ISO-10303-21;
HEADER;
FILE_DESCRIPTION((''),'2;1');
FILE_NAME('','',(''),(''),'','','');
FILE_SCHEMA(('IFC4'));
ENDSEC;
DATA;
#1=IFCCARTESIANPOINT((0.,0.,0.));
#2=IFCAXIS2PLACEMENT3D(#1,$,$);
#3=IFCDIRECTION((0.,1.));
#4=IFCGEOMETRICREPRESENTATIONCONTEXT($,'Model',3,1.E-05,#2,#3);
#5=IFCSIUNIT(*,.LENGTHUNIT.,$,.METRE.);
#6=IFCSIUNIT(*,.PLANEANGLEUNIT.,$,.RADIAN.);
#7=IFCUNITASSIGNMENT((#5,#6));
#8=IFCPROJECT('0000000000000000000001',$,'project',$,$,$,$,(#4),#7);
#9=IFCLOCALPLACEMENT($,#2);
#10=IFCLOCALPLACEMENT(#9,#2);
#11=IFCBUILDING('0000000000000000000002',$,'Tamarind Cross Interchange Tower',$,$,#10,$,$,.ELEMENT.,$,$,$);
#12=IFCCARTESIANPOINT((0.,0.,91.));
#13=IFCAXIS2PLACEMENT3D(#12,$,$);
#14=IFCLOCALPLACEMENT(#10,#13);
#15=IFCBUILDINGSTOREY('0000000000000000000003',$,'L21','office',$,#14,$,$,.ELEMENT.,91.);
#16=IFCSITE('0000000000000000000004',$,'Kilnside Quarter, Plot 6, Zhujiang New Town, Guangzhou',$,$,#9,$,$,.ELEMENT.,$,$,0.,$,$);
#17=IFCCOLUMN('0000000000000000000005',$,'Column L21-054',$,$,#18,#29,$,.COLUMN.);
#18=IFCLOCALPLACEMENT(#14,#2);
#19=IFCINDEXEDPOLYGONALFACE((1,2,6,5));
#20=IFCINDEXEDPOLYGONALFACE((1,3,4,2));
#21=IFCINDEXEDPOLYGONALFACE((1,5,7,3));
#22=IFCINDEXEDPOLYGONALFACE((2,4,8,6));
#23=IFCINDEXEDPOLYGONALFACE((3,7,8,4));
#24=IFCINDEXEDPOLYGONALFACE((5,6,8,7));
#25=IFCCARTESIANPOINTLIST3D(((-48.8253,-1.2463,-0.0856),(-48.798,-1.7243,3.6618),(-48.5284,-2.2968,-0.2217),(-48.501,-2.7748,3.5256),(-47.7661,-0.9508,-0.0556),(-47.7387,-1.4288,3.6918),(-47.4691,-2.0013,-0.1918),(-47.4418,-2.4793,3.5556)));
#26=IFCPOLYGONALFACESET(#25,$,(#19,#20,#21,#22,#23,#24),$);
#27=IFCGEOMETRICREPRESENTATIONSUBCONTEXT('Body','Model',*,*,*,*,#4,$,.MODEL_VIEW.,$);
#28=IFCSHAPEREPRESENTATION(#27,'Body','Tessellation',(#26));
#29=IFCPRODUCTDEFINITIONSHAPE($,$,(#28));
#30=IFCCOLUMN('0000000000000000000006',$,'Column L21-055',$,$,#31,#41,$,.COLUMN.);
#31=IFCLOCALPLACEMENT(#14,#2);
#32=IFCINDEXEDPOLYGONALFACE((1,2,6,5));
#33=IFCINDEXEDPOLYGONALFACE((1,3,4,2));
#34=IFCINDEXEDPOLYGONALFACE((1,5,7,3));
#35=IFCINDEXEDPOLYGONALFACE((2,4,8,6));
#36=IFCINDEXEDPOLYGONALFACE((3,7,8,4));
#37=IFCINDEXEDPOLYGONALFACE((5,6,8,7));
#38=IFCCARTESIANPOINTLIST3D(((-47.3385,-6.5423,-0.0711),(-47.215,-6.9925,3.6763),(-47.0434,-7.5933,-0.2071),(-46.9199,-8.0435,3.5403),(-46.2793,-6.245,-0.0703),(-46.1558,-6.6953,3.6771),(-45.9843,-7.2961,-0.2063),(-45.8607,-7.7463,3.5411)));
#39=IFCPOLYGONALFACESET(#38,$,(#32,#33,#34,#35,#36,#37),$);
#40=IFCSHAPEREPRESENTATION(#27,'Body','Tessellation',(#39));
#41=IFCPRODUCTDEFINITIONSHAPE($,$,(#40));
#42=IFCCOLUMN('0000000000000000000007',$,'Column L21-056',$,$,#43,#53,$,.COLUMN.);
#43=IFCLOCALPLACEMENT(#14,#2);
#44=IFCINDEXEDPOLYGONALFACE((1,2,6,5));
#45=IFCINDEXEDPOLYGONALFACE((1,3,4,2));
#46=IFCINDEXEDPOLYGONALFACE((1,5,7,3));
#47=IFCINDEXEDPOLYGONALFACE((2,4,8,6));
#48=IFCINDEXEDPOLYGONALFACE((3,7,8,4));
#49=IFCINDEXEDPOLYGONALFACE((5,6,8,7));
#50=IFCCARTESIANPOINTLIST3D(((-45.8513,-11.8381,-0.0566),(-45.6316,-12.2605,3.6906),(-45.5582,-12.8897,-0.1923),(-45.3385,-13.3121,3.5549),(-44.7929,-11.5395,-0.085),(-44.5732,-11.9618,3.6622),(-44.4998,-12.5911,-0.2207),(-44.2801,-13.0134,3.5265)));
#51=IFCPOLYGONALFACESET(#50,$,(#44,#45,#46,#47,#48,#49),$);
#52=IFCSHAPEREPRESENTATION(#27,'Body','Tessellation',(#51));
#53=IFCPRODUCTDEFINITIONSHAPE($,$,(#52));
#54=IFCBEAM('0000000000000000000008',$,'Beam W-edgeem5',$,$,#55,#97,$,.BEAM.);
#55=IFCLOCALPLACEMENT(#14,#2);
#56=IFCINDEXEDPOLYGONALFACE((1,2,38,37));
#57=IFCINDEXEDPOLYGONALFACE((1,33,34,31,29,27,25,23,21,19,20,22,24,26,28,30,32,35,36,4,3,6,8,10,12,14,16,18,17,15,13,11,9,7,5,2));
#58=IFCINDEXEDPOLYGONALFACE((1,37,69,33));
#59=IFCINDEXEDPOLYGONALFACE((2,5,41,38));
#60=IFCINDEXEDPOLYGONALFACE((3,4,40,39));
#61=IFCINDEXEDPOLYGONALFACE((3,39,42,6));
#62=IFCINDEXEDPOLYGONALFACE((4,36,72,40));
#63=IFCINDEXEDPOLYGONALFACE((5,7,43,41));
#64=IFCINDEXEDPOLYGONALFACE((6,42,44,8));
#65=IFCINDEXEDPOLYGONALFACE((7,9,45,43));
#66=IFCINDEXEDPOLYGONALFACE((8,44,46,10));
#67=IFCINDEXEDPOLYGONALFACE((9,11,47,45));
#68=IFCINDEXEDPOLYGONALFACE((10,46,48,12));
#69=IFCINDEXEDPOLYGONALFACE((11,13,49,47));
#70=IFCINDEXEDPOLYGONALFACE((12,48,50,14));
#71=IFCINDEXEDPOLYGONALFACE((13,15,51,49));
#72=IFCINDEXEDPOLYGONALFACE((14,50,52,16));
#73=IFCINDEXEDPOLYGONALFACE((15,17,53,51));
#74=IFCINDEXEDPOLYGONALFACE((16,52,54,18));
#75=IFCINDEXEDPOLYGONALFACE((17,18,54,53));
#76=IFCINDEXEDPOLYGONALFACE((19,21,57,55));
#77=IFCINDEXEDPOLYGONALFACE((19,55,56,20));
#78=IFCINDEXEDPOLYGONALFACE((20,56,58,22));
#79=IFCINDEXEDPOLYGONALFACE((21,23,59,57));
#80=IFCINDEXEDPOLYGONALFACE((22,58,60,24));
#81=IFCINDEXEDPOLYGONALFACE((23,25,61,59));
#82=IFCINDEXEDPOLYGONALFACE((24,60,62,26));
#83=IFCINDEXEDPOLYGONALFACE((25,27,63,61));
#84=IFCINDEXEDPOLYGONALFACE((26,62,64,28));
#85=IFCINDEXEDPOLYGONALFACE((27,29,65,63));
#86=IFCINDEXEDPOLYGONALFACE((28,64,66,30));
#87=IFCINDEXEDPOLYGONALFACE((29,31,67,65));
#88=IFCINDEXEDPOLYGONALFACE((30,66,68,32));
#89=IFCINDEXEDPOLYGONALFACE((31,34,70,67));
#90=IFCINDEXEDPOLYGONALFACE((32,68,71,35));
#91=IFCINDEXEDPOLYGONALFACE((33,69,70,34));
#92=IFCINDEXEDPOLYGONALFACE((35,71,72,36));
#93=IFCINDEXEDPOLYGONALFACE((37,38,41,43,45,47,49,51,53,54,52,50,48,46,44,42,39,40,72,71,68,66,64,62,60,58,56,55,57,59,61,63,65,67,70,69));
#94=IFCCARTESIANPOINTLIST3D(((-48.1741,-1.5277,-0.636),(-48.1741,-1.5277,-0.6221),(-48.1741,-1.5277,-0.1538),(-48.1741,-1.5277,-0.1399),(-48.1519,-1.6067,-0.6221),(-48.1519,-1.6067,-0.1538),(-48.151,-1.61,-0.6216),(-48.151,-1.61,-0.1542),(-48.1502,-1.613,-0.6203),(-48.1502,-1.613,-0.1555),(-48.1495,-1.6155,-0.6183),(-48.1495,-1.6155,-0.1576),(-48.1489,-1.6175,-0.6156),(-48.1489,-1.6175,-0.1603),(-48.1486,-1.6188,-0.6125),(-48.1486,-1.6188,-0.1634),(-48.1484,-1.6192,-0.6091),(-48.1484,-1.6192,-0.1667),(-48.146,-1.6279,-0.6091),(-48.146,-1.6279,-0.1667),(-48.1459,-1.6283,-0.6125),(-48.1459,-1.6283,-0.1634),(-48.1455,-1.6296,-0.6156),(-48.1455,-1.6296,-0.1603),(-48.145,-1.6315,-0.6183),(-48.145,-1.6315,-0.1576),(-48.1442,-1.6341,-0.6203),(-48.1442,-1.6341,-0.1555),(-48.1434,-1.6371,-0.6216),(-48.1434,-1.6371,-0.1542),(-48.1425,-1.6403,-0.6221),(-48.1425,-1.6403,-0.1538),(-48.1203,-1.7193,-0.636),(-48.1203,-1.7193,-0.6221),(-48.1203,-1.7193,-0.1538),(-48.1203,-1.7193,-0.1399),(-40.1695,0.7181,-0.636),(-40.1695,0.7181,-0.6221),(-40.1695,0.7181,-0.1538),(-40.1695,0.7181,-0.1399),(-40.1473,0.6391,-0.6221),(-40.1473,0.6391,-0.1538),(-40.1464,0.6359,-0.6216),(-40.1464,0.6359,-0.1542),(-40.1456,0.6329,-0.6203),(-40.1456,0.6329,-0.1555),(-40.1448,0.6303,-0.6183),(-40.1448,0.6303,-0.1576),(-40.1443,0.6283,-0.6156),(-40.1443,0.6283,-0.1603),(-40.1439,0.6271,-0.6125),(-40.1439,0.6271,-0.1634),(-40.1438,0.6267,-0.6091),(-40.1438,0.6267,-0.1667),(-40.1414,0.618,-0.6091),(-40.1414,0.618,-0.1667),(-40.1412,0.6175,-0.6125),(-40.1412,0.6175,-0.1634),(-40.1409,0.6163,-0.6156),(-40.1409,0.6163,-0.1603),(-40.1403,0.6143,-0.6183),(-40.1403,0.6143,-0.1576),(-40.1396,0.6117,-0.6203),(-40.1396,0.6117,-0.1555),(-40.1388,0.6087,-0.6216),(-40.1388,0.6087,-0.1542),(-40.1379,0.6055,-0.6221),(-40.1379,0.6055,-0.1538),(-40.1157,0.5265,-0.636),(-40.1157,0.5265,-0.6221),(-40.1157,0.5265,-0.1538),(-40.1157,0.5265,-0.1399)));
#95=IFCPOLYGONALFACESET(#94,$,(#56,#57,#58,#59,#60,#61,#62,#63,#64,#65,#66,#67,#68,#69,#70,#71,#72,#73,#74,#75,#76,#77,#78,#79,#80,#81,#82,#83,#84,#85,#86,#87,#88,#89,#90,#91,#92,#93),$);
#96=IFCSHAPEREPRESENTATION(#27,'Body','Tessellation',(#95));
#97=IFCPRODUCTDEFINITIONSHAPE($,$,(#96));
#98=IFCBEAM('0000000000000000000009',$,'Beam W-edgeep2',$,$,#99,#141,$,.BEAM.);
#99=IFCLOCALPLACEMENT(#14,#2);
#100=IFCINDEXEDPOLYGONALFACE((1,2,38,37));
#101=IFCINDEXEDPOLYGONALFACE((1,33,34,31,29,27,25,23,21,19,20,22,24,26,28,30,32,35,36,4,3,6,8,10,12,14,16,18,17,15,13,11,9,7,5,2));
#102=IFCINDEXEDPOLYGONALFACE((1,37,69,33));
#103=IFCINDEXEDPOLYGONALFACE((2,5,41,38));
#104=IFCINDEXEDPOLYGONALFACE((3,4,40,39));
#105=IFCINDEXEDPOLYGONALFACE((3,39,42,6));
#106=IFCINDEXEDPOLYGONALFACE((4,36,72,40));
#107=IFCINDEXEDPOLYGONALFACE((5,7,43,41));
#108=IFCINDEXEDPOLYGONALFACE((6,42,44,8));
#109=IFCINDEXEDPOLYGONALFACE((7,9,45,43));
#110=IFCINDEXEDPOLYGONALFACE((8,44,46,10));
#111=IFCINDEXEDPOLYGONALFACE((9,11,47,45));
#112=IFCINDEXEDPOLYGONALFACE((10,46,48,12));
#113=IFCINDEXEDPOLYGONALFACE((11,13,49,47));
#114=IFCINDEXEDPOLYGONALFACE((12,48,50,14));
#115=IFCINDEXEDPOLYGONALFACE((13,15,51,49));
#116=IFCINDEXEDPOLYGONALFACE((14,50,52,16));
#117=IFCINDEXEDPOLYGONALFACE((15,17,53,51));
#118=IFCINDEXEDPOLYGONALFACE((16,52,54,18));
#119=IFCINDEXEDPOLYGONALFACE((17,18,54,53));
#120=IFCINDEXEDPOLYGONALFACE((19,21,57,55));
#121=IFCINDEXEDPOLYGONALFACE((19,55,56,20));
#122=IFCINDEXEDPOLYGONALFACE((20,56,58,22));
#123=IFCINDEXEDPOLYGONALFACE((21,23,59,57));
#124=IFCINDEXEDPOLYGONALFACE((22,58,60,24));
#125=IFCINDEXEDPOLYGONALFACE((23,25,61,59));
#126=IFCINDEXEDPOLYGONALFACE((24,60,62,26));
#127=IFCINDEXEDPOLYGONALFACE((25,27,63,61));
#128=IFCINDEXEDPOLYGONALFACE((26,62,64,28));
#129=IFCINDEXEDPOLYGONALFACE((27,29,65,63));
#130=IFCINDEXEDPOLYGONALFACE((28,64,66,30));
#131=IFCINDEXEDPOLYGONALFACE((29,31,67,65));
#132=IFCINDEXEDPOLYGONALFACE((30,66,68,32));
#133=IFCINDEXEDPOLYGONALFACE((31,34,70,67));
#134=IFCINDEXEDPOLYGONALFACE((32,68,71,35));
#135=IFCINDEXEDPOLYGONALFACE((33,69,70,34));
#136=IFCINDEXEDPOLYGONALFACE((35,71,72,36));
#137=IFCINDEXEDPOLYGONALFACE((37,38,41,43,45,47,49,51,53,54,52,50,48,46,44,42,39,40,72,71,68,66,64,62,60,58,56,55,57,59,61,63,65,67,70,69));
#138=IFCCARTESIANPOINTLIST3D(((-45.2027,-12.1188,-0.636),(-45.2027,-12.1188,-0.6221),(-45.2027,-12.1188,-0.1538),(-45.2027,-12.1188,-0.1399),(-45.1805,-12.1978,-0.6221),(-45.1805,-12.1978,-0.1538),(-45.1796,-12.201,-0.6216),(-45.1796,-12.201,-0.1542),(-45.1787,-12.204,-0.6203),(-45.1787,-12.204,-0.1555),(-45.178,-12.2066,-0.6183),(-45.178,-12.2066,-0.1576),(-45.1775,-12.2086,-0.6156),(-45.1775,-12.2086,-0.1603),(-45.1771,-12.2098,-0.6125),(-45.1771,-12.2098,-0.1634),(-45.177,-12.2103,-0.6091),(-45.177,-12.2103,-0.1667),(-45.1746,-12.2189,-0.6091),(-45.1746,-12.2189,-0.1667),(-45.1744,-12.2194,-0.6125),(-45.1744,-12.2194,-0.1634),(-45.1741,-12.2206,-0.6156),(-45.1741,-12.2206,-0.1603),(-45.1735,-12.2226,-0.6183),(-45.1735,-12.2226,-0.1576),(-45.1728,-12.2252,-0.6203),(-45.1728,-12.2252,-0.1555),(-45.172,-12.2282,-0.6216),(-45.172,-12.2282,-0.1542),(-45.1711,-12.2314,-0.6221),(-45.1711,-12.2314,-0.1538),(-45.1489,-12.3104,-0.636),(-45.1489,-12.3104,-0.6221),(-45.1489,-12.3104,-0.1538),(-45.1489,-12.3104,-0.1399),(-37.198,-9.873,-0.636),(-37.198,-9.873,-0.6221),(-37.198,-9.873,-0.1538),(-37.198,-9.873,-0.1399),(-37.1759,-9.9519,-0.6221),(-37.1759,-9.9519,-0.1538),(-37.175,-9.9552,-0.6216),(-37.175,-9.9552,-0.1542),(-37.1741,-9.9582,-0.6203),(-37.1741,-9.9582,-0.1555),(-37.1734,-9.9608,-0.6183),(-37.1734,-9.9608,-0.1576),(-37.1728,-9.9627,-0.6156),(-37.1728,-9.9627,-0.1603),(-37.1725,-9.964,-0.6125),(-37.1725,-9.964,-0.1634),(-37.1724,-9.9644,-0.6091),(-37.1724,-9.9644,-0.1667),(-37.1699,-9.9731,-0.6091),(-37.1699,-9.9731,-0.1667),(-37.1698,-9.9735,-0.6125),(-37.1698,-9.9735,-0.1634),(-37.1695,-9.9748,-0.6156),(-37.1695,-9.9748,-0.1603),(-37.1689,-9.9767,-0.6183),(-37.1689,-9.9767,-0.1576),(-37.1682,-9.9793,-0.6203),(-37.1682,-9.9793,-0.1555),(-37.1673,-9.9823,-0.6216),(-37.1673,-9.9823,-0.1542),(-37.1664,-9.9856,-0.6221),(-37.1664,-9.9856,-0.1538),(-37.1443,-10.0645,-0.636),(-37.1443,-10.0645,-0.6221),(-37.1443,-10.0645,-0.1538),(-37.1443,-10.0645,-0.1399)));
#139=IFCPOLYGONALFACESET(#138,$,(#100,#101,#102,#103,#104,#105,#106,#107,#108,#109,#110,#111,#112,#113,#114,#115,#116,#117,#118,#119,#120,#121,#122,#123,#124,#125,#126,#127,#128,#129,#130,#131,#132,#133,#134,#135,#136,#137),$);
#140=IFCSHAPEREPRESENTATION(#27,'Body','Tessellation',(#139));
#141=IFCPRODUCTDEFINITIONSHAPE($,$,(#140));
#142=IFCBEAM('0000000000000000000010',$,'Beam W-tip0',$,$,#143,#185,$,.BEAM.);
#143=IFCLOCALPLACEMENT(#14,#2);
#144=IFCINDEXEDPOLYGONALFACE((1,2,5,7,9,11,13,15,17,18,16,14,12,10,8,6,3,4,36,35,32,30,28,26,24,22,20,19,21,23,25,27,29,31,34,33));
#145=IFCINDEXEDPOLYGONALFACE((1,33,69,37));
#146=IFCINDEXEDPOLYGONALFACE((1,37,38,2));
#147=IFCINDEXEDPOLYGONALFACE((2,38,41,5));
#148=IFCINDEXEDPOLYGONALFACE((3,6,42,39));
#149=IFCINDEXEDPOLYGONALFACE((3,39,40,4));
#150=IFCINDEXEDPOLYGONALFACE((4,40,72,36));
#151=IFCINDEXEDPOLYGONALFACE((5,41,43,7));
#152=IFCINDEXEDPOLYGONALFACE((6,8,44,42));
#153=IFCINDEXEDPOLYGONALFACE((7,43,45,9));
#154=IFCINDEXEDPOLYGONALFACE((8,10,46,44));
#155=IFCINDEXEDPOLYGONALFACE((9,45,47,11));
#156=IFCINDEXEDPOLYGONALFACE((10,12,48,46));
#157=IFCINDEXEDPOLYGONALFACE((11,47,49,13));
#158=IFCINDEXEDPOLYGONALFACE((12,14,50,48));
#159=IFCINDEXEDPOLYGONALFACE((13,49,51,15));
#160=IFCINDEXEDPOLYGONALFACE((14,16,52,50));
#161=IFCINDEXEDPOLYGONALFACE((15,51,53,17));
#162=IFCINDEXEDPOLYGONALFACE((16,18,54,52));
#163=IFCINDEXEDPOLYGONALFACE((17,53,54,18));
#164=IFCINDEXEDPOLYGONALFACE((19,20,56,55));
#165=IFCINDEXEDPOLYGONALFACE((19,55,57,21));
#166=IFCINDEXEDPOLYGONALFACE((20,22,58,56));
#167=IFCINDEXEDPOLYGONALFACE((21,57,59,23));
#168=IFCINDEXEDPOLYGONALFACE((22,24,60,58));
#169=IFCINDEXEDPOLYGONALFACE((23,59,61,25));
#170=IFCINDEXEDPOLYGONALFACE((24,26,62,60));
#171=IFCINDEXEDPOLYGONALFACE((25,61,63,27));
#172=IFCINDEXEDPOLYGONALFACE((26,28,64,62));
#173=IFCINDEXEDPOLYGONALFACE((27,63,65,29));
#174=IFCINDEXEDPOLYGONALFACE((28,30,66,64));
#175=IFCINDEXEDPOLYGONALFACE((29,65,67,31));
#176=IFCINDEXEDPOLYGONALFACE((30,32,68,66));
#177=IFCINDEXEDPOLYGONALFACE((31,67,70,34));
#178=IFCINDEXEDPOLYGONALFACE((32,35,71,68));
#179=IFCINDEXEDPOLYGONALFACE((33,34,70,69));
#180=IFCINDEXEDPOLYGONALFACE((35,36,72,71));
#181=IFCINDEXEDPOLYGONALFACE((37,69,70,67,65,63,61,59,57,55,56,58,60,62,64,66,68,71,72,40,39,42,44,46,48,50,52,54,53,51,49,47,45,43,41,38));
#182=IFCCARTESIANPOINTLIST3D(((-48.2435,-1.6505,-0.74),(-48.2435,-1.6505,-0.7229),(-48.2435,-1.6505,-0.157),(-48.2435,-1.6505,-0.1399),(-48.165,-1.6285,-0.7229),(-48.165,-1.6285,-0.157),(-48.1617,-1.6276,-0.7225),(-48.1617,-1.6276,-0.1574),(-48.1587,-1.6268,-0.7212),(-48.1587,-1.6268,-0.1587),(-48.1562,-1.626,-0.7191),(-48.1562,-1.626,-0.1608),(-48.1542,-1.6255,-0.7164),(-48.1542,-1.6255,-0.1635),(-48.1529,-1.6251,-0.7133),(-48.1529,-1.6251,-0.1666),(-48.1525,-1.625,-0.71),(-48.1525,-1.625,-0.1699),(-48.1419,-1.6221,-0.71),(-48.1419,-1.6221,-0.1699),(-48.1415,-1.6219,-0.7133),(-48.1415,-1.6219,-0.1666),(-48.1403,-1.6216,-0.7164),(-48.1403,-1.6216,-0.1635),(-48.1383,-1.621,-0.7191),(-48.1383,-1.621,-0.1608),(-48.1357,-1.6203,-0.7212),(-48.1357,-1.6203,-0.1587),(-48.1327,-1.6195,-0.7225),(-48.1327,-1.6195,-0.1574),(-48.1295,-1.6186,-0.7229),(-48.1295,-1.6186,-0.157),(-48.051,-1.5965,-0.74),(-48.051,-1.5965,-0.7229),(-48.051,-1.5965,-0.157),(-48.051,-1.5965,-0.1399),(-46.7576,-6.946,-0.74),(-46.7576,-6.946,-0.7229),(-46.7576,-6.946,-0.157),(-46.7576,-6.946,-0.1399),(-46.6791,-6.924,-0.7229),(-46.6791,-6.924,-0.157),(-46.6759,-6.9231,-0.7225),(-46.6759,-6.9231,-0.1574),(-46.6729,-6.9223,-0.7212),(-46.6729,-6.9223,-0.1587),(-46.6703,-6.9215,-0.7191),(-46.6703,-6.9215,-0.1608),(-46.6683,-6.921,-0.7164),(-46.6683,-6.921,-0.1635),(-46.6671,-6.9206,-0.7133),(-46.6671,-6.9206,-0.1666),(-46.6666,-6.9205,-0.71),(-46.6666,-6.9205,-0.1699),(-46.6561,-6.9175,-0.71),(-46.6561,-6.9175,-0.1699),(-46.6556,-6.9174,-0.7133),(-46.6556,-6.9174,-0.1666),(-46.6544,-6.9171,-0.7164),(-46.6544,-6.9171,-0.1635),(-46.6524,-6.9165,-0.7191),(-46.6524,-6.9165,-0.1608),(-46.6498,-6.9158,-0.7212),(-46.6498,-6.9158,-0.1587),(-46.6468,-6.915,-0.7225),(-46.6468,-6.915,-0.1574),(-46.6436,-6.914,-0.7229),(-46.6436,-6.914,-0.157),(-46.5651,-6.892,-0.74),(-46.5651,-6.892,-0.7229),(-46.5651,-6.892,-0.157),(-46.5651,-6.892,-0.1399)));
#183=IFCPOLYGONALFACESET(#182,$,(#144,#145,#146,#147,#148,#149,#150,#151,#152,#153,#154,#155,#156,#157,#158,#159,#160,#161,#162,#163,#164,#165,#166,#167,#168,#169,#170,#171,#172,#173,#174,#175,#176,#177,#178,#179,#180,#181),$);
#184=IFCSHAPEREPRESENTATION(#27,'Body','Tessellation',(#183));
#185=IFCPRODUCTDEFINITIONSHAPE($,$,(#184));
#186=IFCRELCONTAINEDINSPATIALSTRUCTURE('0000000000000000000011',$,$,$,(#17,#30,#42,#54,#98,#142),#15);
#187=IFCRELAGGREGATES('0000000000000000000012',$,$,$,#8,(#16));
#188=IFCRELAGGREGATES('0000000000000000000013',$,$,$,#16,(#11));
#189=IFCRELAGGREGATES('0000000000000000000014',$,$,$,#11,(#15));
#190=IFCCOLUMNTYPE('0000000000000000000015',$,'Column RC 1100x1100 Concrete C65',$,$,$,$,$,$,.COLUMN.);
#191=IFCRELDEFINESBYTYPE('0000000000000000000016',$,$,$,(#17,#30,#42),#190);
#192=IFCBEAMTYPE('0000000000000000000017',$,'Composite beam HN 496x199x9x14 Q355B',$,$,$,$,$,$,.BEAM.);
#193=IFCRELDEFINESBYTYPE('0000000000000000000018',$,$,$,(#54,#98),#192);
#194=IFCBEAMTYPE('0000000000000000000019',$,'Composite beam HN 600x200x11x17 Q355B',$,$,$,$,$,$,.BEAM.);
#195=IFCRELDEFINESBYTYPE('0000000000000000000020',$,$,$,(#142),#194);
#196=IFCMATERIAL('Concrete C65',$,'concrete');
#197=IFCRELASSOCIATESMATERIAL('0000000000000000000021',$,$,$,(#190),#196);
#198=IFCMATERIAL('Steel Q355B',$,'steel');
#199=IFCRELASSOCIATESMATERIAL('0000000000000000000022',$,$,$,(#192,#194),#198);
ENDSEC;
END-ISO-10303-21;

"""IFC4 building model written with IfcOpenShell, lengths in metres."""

from ifc_helpers import new_model, si_unit, direction, frame, origin, origin_2d, place, context, subcontext, project, spatial, rectangle, i_section, extrude, material, material_profile, profile_set, type_object, element, save


model = new_model("IFC4")

# Units and contexts
model_context = context("Model", 3, precision=1e-05, world=origin(), true_north=direction((0.0, 1.0)))
body_context = subcontext(model_context, "Body", "Model", "MODEL_VIEW")
ifc_project = project(units=[si_unit("LENGTHUNIT", "METRE"), si_unit("PLANEANGLEUNIT", "RADIAN")], contexts=[model_context])

# Site, building, storey
site_placement = place(None, origin())
site = spatial("IfcSite", under=ifc_project, at=site_placement, Name="Kilnside Quarter, Plot 6, Zhujiang New Town, Guangzhou", CompositionType="ELEMENT", RefElevation=0.0)
building_placement = place(site_placement, origin())
building = spatial("IfcBuilding", under=site, at=building_placement, Name="Tamarind Cross Interchange Tower", CompositionType="ELEMENT")
storey_placement = place(building_placement, frame((0.0, 0.0, 91.0)))
storey = spatial("IfcBuildingStorey", under=building, at=storey_placement, Name="L21", Description="office", CompositionType="ELEMENT", Elevation=91.0)

# Columns
ifc_material_1 = material(Name="Concrete C65", Category="concrete")
ifc_material_profile_1 = material_profile(ifc_material_1, rectangle(XDim=1.1001, YDim=1.1001, at=origin_2d()), Name="RC 1100x1100")
ifc_profile_set_1 = profile_set([ifc_material_profile_1], Name="Concrete C65")
column_type = type_object("IfcColumnType", Name="Column RC 1100x1100 Concrete C65", PredefinedType="COLUMN", material=ifc_profile_set_1)
column_1_placement = place(storey_placement, frame((-48.1472, -1.6238, -0.1387), z_axis=(0.007238, -0.126537, 0.991936), x_axis=(0.962857, 0.268633, 0.027242)))
element("IfcColumn", 1, at=column_1_placement, inside=storey, type_object=column_type, Name="Column L21-054", PredefinedType="COLUMN", context=body_context, shape_type="SweptSolid", body=[
    extrude(rectangle(XDim=1.1001, YDim=1.1001, at=origin_2d()), origin(), (0.0, 0.0, 1.0), 3.7778),
])
column_2_placement = place(storey_placement, frame((-46.6614, -6.9192, -0.1387), z_axis=(0.032713, -0.119217, 0.992329), x_axis=(0.962801, 0.270211, 0.000723)))
element("IfcColumn", 2, at=column_2_placement, inside=storey, type_object=column_type, Name="Column L21-055", PredefinedType="COLUMN", context=body_context, shape_type="SweptSolid", body=[
    extrude(rectangle(XDim=1.1001, YDim=1.1001, at=origin_2d()), origin(), (0.0, 0.0, 1.0), 3.7764),
])
column_3_placement = place(storey_placement, frame((-45.1755, -12.2146, -0.1387), z_axis=(0.058168, -0.111812, 0.992025), x_axis=(-0.266445, 0.955923, 0.123366)))
element("IfcColumn", 3, at=column_3_placement, inside=storey, type_object=column_type, Name="Column L21-056", PredefinedType="COLUMN", context=body_context, shape_type="SweptSolid", body=[
    extrude(rectangle(XDim=1.1001, YDim=1.1001, at=origin_2d()), origin(), (0.0, 0.0, 1.0), 3.7773),
])

# Beams
ifc_material_2 = material(Name="Steel Q355B", Category="steel")
ifc_material_profile_2 = material_profile(ifc_material_2, i_section(OverallWidth=0.199, OverallDepth=0.4961, WebThickness=0.009, FlangeThickness=0.0139, FilletRadius=0.0129, at=origin_2d()), Name="HN 496x199x9x14")
ifc_profile_set_2 = profile_set([ifc_material_profile_2], Name="Steel Q355B")
beam_type_1 = type_object("IfcBeamType", Name="Composite beam HN 496x199x9x14 Q355B", PredefinedType="BEAM", material=ifc_profile_set_2)
for number, where, z_axis, x_axis, name in (
    (4, (-48.1472, -1.6235, -0.3879), (0.962822, 0.270137, 0.0), (-0.270137, 0.962822, 0.0), "Beam W-edgeem5"),
    (5, (-45.1758, -12.2146, -0.3879), (0.962822, 0.270137, 0.0), (-0.270137, 0.962822, 0.0), "Beam W-edgeep2"),
):
    element("IfcBeam", number, at=place(storey_placement, frame(where, z_axis=z_axis, x_axis=x_axis)), inside=storey, type_object=beam_type_1, Name=name, PredefinedType="BEAM", context=body_context, shape_type="SweptSolid", body=[
        extrude(i_section(OverallWidth=0.199, OverallDepth=0.4961, WebThickness=0.009, FlangeThickness=0.0139, FilletRadius=0.0129, at=origin_2d()), origin(), (0.0, 0.0, 1.0), 8.3137),
    ])
ifc_material_profile_3 = material_profile(ifc_material_2, i_section(OverallWidth=0.2, OverallDepth=0.6001, WebThickness=0.011, FlangeThickness=0.0171, FilletRadius=0.0129, at=origin_2d()), Name="HN 600x200x11x17")
ifc_profile_set_3 = profile_set([ifc_material_profile_3], Name="Steel Q355B")
beam_type_2 = type_object("IfcBeamType", Name="Composite beam HN 600x200x11x17 Q355B", PredefinedType="BEAM", material=ifc_profile_set_3)
for number, where, z_axis, x_axis, name in (
    (6, (-48.1472, -1.6235, -0.4399), (0.270157, -0.962816, 0.0), (0.962816, 0.270157, 0.0), "Beam W-tip0"),
):
    element("IfcBeam", number, at=place(storey_placement, frame(where, z_axis=z_axis, x_axis=x_axis)), inside=storey, type_object=beam_type_2, Name=name, PredefinedType="BEAM", context=body_context, shape_type="SweptSolid", body=[
        extrude(i_section(OverallWidth=0.2, OverallDepth=0.6001, WebThickness=0.011, FlangeThickness=0.0171, FilletRadius=0.0129, at=origin_2d()), origin(), (0.0, 0.0, 1.0), 5.5),
    ])

save(model, "model.ifc")
